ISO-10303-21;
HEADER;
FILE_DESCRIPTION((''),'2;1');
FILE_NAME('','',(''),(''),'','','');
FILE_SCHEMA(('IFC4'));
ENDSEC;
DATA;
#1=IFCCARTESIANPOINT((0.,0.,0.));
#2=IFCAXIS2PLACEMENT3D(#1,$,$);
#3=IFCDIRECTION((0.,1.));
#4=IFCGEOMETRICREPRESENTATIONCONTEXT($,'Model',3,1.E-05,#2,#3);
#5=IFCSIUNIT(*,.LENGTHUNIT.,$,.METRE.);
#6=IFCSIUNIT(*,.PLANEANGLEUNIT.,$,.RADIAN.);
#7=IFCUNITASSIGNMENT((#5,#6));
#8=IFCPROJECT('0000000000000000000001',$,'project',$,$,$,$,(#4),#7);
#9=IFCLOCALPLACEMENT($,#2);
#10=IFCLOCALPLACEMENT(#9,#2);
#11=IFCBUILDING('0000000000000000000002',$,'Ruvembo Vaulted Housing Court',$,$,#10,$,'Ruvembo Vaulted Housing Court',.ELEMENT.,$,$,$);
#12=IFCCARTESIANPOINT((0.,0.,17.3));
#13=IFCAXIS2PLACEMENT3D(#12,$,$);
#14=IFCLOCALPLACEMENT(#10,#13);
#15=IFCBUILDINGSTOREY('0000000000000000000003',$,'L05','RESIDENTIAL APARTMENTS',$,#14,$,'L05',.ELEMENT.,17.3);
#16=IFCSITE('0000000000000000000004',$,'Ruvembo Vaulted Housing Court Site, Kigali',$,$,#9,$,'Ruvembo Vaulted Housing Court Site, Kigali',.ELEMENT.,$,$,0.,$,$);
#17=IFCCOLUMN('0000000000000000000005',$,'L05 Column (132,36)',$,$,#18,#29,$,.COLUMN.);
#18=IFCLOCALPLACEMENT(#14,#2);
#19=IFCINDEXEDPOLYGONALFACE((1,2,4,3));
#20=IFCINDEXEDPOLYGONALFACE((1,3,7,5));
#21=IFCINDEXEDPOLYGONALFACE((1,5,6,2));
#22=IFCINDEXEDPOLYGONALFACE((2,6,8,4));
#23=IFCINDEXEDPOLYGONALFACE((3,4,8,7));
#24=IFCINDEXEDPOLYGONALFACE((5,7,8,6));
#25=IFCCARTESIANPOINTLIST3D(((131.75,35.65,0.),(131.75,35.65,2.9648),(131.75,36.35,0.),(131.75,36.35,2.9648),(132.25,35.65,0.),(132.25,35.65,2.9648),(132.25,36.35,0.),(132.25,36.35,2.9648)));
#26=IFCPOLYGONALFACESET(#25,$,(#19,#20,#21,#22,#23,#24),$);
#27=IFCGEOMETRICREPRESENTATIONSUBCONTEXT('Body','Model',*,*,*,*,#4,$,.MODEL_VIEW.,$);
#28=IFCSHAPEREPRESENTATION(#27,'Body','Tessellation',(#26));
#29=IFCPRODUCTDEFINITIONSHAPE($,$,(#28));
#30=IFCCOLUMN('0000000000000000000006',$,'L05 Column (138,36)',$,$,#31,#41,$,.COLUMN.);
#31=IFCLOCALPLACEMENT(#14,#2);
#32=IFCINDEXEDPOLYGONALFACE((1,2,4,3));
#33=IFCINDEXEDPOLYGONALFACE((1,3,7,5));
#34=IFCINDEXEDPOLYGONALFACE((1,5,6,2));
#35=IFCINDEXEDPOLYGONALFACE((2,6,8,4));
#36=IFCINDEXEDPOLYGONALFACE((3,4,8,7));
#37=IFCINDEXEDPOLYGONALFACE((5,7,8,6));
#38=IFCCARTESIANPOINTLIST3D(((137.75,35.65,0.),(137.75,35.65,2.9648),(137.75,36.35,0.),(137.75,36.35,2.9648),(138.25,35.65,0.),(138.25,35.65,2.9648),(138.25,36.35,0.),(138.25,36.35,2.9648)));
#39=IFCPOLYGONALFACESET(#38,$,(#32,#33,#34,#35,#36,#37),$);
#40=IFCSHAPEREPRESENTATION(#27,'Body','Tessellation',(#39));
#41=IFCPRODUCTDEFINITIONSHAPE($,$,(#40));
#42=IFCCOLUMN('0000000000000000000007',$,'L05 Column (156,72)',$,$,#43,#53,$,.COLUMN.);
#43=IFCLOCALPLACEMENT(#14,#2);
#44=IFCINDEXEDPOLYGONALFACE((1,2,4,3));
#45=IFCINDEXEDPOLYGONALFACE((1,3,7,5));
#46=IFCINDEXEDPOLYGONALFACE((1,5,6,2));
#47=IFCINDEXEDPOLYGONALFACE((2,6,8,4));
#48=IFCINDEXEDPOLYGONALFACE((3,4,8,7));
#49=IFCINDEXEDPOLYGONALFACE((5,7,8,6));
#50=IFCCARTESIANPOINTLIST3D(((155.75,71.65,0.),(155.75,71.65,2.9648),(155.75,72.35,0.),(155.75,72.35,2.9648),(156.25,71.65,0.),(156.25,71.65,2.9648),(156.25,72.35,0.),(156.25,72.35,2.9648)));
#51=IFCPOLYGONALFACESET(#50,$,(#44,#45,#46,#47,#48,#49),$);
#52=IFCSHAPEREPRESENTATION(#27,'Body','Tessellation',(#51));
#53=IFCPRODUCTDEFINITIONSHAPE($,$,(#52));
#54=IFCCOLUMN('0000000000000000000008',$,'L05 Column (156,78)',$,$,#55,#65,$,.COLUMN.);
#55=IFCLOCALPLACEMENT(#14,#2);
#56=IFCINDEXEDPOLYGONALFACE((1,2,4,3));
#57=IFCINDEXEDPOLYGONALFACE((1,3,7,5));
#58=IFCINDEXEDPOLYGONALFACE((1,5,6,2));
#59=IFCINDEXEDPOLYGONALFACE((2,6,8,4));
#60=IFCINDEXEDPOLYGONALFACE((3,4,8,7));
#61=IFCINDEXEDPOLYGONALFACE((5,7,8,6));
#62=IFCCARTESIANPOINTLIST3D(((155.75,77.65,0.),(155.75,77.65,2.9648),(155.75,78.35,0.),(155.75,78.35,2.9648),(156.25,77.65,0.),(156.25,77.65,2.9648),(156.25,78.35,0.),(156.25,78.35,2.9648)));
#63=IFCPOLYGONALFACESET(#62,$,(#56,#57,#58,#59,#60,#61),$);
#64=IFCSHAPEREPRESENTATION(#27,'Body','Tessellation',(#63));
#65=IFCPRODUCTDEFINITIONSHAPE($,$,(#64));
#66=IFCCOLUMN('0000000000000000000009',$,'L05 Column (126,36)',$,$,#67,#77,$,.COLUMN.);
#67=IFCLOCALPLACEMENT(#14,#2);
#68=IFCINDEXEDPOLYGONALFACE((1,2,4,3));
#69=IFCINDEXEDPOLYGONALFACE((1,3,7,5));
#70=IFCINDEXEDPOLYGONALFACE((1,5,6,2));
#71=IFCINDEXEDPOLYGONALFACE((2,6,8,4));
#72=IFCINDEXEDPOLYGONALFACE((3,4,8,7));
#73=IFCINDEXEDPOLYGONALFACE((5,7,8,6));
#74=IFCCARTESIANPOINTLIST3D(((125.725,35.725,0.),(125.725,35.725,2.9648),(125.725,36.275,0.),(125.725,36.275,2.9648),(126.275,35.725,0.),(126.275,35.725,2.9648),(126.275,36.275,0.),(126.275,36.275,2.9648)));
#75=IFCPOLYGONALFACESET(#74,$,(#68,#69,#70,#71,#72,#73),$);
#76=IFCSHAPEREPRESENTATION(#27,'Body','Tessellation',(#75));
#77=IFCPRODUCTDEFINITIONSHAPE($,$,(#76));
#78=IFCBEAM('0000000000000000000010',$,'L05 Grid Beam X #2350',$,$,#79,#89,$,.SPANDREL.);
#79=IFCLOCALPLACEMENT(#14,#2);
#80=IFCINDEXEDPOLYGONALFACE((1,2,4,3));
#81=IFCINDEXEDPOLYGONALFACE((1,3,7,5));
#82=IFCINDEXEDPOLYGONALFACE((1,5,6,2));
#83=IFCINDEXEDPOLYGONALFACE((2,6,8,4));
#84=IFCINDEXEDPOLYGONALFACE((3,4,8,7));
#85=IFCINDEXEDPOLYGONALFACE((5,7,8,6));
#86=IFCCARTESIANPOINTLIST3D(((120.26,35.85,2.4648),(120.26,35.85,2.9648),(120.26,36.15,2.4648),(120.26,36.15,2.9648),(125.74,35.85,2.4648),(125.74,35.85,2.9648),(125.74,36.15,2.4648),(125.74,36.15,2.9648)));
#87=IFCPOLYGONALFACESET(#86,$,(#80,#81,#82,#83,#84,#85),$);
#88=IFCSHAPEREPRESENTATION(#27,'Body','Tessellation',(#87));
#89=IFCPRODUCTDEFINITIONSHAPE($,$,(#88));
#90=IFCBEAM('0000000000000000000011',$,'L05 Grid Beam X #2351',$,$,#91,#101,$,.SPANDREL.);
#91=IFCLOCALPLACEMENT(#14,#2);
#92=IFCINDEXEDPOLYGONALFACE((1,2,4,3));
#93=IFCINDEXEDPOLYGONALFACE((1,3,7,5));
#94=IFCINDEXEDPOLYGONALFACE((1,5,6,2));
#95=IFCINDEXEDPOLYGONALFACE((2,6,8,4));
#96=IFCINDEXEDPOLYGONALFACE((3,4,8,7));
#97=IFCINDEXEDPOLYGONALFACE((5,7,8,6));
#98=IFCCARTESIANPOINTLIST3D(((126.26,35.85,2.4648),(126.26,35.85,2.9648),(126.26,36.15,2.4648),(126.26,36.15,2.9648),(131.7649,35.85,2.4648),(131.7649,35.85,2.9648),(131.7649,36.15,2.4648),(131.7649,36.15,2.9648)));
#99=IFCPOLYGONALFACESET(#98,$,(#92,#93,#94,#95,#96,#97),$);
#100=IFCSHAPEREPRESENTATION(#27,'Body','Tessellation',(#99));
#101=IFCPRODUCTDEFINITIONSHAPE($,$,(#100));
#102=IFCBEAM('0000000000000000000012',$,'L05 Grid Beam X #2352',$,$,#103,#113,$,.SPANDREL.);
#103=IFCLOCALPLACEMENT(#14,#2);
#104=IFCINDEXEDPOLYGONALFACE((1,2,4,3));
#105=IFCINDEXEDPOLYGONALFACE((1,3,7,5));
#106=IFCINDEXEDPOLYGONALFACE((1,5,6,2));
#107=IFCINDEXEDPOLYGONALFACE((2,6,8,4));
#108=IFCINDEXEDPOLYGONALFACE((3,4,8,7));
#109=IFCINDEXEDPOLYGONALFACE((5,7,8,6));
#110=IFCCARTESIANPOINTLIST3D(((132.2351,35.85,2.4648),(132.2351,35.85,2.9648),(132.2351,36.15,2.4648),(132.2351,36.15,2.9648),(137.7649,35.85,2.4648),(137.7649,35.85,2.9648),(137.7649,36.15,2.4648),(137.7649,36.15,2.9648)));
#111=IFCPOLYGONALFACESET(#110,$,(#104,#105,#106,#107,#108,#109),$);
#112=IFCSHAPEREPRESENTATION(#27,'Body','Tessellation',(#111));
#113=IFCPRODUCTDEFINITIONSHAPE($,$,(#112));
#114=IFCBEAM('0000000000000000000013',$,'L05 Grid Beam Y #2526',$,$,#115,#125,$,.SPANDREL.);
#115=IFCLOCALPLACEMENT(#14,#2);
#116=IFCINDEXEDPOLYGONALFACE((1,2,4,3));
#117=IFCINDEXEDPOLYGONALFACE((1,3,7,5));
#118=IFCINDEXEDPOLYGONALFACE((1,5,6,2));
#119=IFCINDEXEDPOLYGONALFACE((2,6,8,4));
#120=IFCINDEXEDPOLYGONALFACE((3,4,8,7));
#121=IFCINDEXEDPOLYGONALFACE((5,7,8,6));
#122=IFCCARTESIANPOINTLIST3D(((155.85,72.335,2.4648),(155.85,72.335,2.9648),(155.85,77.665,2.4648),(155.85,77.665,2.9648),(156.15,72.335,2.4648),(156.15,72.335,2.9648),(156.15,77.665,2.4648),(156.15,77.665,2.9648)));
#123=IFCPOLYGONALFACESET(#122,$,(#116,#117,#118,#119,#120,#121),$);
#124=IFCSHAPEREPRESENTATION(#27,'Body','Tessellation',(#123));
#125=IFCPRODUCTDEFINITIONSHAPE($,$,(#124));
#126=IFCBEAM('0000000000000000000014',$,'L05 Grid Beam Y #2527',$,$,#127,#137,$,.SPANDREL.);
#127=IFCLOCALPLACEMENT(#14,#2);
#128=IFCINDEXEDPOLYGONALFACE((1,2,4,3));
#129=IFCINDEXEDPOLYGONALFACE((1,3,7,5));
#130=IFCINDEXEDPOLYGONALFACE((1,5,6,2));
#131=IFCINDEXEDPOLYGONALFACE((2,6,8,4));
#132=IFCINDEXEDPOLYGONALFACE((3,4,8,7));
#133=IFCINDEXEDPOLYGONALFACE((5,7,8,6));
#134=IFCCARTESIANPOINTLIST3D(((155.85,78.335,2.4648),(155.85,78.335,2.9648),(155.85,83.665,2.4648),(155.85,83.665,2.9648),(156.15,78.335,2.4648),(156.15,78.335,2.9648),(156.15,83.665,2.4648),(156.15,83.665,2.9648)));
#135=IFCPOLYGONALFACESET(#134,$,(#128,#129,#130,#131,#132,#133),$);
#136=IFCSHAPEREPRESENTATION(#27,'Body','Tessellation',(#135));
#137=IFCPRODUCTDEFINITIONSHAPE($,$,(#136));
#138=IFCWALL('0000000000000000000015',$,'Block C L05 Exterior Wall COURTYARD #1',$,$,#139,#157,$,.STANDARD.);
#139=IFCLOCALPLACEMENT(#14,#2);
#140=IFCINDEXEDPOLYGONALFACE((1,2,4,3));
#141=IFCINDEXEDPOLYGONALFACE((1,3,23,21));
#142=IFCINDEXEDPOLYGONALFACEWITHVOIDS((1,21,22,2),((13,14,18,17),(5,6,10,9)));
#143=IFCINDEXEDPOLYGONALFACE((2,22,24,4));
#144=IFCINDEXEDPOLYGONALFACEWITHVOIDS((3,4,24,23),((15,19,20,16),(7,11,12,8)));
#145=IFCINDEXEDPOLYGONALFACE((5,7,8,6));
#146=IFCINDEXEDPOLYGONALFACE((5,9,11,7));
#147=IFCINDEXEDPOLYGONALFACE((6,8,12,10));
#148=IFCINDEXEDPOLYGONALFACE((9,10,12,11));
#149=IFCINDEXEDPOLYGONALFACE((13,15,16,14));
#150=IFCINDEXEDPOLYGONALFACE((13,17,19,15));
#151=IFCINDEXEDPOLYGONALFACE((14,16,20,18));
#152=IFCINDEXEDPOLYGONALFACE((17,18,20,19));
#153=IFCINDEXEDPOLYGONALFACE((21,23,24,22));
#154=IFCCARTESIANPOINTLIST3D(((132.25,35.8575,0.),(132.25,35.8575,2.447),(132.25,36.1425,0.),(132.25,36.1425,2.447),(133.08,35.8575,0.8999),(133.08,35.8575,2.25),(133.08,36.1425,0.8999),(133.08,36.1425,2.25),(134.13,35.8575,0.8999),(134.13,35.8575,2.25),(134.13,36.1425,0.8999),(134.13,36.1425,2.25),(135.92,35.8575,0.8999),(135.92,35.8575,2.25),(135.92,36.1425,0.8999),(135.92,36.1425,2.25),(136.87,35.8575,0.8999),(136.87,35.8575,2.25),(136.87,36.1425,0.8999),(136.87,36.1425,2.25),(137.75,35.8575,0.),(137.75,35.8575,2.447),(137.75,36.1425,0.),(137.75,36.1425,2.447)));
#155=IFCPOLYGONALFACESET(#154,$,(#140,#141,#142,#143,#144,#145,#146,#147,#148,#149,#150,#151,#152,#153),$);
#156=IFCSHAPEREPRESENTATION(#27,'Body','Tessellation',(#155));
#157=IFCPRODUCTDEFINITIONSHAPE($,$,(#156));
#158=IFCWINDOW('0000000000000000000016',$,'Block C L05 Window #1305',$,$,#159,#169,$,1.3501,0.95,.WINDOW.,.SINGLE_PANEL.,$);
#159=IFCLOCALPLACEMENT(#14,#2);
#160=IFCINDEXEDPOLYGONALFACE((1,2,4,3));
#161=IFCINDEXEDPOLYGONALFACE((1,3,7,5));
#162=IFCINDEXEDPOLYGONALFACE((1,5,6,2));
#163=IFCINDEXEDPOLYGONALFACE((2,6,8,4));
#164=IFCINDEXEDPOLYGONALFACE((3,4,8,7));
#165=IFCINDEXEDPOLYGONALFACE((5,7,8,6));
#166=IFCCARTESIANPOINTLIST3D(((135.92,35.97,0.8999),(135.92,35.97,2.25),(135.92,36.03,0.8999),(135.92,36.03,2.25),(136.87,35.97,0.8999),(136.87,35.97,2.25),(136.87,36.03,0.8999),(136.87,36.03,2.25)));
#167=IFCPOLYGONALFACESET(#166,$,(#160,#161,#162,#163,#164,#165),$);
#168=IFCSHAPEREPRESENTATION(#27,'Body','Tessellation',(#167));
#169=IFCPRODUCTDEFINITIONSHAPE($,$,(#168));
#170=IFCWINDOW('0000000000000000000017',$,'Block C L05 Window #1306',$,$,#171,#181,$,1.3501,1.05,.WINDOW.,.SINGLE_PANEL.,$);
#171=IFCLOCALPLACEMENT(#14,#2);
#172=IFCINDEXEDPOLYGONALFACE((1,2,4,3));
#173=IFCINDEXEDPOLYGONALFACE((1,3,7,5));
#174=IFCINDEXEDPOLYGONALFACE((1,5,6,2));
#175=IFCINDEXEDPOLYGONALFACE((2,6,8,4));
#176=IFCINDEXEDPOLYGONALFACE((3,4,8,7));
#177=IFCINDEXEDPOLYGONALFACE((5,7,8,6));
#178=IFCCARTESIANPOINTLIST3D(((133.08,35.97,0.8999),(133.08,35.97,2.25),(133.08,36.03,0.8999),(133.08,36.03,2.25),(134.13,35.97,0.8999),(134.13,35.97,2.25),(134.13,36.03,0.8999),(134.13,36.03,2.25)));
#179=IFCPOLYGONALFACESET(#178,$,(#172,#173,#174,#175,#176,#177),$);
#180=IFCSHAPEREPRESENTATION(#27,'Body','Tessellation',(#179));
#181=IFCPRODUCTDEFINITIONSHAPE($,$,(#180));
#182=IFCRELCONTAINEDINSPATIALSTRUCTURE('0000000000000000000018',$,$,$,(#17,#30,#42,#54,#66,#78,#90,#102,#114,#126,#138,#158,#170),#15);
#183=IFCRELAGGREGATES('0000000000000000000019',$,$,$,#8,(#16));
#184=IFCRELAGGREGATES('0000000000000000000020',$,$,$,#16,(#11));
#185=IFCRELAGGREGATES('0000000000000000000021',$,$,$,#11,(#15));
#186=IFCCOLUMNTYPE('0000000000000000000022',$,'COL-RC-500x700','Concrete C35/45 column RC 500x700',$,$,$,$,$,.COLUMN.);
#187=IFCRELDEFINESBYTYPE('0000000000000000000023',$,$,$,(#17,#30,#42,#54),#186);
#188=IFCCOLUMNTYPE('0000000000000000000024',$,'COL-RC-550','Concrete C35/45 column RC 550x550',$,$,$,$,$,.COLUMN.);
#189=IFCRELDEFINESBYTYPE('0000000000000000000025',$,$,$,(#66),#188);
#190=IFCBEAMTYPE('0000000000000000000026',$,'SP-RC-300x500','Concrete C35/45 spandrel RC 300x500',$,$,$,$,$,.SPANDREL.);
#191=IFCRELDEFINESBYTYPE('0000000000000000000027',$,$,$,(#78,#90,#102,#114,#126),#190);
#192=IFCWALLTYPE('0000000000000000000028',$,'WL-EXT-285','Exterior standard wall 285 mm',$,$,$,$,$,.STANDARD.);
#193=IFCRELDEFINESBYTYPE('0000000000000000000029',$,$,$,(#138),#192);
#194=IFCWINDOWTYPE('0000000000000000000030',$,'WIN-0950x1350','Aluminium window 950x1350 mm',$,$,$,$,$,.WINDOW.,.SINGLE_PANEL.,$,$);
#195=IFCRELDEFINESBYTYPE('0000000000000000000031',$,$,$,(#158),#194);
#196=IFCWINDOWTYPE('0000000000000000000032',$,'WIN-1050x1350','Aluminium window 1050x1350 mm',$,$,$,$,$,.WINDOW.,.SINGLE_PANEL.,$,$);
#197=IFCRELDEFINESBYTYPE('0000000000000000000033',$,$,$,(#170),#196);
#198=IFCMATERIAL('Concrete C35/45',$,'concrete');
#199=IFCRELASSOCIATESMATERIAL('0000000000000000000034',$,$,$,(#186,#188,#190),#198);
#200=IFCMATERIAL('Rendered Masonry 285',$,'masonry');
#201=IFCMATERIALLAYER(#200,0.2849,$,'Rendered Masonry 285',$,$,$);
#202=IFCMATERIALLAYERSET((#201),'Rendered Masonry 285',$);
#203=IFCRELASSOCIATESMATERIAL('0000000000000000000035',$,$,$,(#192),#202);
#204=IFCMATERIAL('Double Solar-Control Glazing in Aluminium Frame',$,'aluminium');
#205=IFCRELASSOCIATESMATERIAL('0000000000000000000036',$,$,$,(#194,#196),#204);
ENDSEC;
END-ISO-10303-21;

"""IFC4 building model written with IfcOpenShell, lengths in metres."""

from ifc_helpers import new_model, si_unit, direction, frame, frame_2d, origin, origin_2d, place, context, subcontext, project, spatial, rectangle, extrude, material, layer, layer_set, material_profile, profile_set, type_object, element, fill, save


model = new_model("IFC4")

# Units and contexts
model_context = context("Model", 3, precision=1e-05, world=origin(), true_north=direction((0.0, 1.0)))
body_context = subcontext(model_context, "Body", "Model", "MODEL_VIEW")
ifc_project = project(units=[si_unit("LENGTHUNIT", "METRE"), si_unit("PLANEANGLEUNIT", "RADIAN")], contexts=[model_context])

# Site, building, storey
site_placement = place(None, origin())
site = spatial("IfcSite", under=ifc_project, at=site_placement, Name="Ruvembo Vaulted Housing Court Site, Kigali", LongName="Ruvembo Vaulted Housing Court Site, Kigali", CompositionType="ELEMENT", RefElevation=0.0)
building_placement = place(site_placement, origin())
building = spatial("IfcBuilding", under=site, at=building_placement, Name="Ruvembo Vaulted Housing Court", LongName="Ruvembo Vaulted Housing Court", CompositionType="ELEMENT")
storey_placement = place(building_placement, frame((0.0, 0.0, 17.3)))
storey = spatial("IfcBuildingStorey", under=building, at=storey_placement, Name="L05", Description="RESIDENTIAL APARTMENTS", LongName="L05", CompositionType="ELEMENT", Elevation=17.3)

# Columns
ifc_material_1 = material(Name="Concrete C35/45", Category="concrete")
ifc_material_profile_1 = material_profile(ifc_material_1, rectangle(XDim=0.5, YDim=0.7, at=origin_2d()), Name="RC 500x700")
ifc_profile_set_1 = profile_set([ifc_material_profile_1], Name="Concrete C35/45")
column_type_1 = type_object("IfcColumnType", Name="COL-RC-500x700", Description="Concrete C35/45 column RC 500x700", PredefinedType="COLUMN", material=ifc_profile_set_1)
for number, where, z_axis, x_axis, name in (
    (1, (132.0, 36.0, 0.0), (0.0, 0.0, 1.0), (1.0, 0.0, 0.0), "L05 Column (132,36)"),
    (2, (138.0, 36.0, 0.0), (0.0, 0.0, 1.0), (1.0, 0.0, 0.0), "L05 Column (138,36)"),
    (3, (156.0, 72.0, 0.0), (0.0, 0.0, 1.0), (1.0, 0.0, 0.0), "L05 Column (156,72)"),
    (4, (156.0, 78.0, 0.0), (0.0, 0.0, 1.0), (1.0, 0.0, 0.0), "L05 Column (156,78)"),
):
    element("IfcColumn", number, at=place(storey_placement, frame(where, z_axis=z_axis, x_axis=x_axis)), inside=storey, type_object=column_type_1, Name=name, PredefinedType="COLUMN", context=body_context, shape_type="SweptSolid", body=[
        extrude(rectangle(XDim=0.5, YDim=0.7, at=origin_2d()), origin(), (0.0, 0.0, 1.0), 2.9648),
    ])
ifc_material_profile_2 = material_profile(ifc_material_1, rectangle(XDim=0.55, YDim=0.55, at=origin_2d()), Name="RC 550x550")
ifc_profile_set_2 = profile_set([ifc_material_profile_2], Name="Concrete C35/45")
column_type_2 = type_object("IfcColumnType", Name="COL-RC-550", Description="Concrete C35/45 column RC 550x550", PredefinedType="COLUMN", material=ifc_profile_set_2)
column_placement = place(storey_placement, frame((126.0, 36.0, 0.0), z_axis=(0.0, 0.0, 1.0), x_axis=(1.0, 0.0, 0.0)))
element("IfcColumn", 5, at=column_placement, inside=storey, type_object=column_type_2, Name="L05 Column (126,36)", PredefinedType="COLUMN", context=body_context, shape_type="SweptSolid", body=[
    extrude(rectangle(XDim=0.55, YDim=0.55, at=origin_2d()), origin(), (0.0, 0.0, 1.0), 2.9648),
])

# Beams
ifc_material_profile_3 = material_profile(ifc_material_1, rectangle(XDim=0.3, YDim=0.5, at=origin_2d()), Name="RC 300x500")
ifc_profile_set_3 = profile_set([ifc_material_profile_3], Name="Concrete C35/45")
beam_type = type_object("IfcBeamType", Name="SP-RC-300x500", Description="Concrete C35/45 spandrel RC 300x500", PredefinedType="SPANDREL", material=ifc_profile_set_3)
beam_1_placement = place(storey_placement, frame((120.26, 36.0, 2.7148), z_axis=(1.0, 0.0, 0.0), x_axis=(0.0, 1.0, 0.0)))
element("IfcBeam", 6, at=beam_1_placement, inside=storey, type_object=beam_type, Name="L05 Grid Beam X #2350", PredefinedType="SPANDREL", context=body_context, shape_type="SweptSolid", body=[
    extrude(rectangle(XDim=0.3, YDim=0.5, at=origin_2d()), origin(), (0.0, 0.0, 1.0), 5.48),
])
beam_2_placement = place(storey_placement, frame((126.26, 36.0, 2.7148), z_axis=(1.0, 0.0, 0.0), x_axis=(0.0, 1.0, 0.0)))
element("IfcBeam", 7, at=beam_2_placement, inside=storey, type_object=beam_type, Name="L05 Grid Beam X #2351", PredefinedType="SPANDREL", context=body_context, shape_type="SweptSolid", body=[
    extrude(rectangle(XDim=0.3, YDim=0.5, at=origin_2d()), origin(), (0.0, 0.0, 1.0), 5.5049),
])
beam_3_placement = place(storey_placement, frame((132.2351, 36.0, 2.7148), z_axis=(1.0, 0.0, 0.0), x_axis=(0.0, 1.0, 0.0)))
element("IfcBeam", 8, at=beam_3_placement, inside=storey, type_object=beam_type, Name="L05 Grid Beam X #2352", PredefinedType="SPANDREL", context=body_context, shape_type="SweptSolid", body=[
    extrude(rectangle(XDim=0.3, YDim=0.5, at=origin_2d()), origin(), (0.0, 0.0, 1.0), 5.5298),
])
for number, where, z_axis, x_axis, name in (
    (9, (156.0, 72.335, 2.7148), (0.0, 1.0, 0.0), (-1.0, 0.0, 0.0), "L05 Grid Beam Y #2526"),
    (10, (156.0, 78.335, 2.7148), (0.0, 1.0, 0.0), (-1.0, 0.0, 0.0), "L05 Grid Beam Y #2527"),
):
    element("IfcBeam", number, at=place(storey_placement, frame(where, z_axis=z_axis, x_axis=x_axis)), inside=storey, type_object=beam_type, Name=name, PredefinedType="SPANDREL", context=body_context, shape_type="SweptSolid", body=[
        extrude(rectangle(XDim=0.3, YDim=0.5, at=origin_2d()), origin(), (0.0, 0.0, 1.0), 5.3301),
    ])

# Wall, openings, windows
ifc_material_2 = material(Name="Rendered Masonry 285", Category="masonry")
ifc_layer_1 = layer(ifc_material_2, 0.2849, Name="Rendered Masonry 285")
ifc_layer_set_1 = layer_set([ifc_layer_1], Name="Rendered Masonry 285")
wall_type_1 = type_object("IfcWallType", Name="WL-EXT-285", Description="Exterior standard wall 285 mm", PredefinedType="STANDARD", material=ifc_layer_set_1)
wall_1_placement = place(storey_placement, frame((137.75, 36.0, 0.0), z_axis=(0.0, 0.0, 1.0), x_axis=(-1.0, 0.0, 0.0)))
wall_1 = element("IfcWall", 11, at=wall_1_placement, inside=storey, type_object=wall_type_1, Name="Block C L05 Exterior Wall COURTYARD #1", PredefinedType="STANDARD", context=body_context, shape_type="SweptSolid", body=[
    extrude(rectangle(XDim=5.5, YDim=0.2849, at=frame_2d((2.75, 0.0))), origin(), (0.0, 0.0, 1.0), 2.447),
])
opening_1_placement = place(wall_1_placement, frame((0.8799, 0.0, 0.8999)))
opening_1 = element("IfcOpeningElement", 12, at=opening_1_placement, cuts=wall_1, PredefinedType="OPENING", context=body_context, shape_type="SweptSolid", body=[
    extrude(rectangle(XDim=0.95, YDim=1.3501, at=frame_2d((0.4751, 0.675))), frame((0.0, 0.1523, 0.0), z_axis=(0.0, -1.0, 0.0), x_axis=(1.0, 0.0, 0.0)), (0.0, 0.0, 1.0), 0.3049),
])
opening_2_placement = place(wall_1_placement, frame((3.6201, 0.0, 0.8999)))
opening_2 = element("IfcOpeningElement", 13, at=opening_2_placement, cuts=wall_1, PredefinedType="OPENING", context=body_context, shape_type="SweptSolid", body=[
    extrude(rectangle(XDim=1.05, YDim=1.3501, at=frame_2d((0.5249, 0.675))), frame((0.0, 0.1523, 0.0), z_axis=(0.0, -1.0, 0.0), x_axis=(1.0, 0.0, 0.0)), (0.0, 0.0, 1.0), 0.3049),
])
ifc_material_3 = material(Name="Double Solar-Control Glazing in Aluminium Frame", Category="aluminium")
window_type_1 = type_object("IfcWindowType", Name="WIN-0950x1350", Description="Aluminium window 950x1350 mm", PartitioningType="SINGLE_PANEL", PredefinedType="WINDOW", material=ifc_material_3)
window_1_placement = place(opening_1_placement, origin())
window_1 = element("IfcWindow", 14, at=window_1_placement, inside=storey, type_object=window_type_1, Name="Block C L05 Window #1305", OverallHeight=1.3501, OverallWidth=0.95, PartitioningType="SINGLE_PANEL", PredefinedType="WINDOW", context=body_context, shape_type="SweptSolid", body=[
    extrude(rectangle(XDim=0.95, YDim=1.3501, at=frame_2d((0.4751, 0.675))), frame((0.0, 0.03, 0.0), z_axis=(0.0, -1.0, 0.0), x_axis=(1.0, 0.0, 0.0)), (0.0, 0.0, 1.0), 0.0601),
])
fill(opening_1, window_1)
window_type_2 = type_object("IfcWindowType", Name="WIN-1050x1350", Description="Aluminium window 1050x1350 mm", PartitioningType="SINGLE_PANEL", PredefinedType="WINDOW", material=ifc_material_3)
window_2_placement = place(opening_2_placement, origin())
window_2 = element("IfcWindow", 15, at=window_2_placement, inside=storey, type_object=window_type_2, Name="Block C L05 Window #1306", OverallHeight=1.3501, OverallWidth=1.05, PartitioningType="SINGLE_PANEL", PredefinedType="WINDOW", context=body_context, shape_type="SweptSolid", body=[
    extrude(rectangle(XDim=1.05, YDim=1.3501, at=frame_2d((0.5249, 0.675))), frame((0.0, 0.03, 0.0), z_axis=(0.0, -1.0, 0.0), x_axis=(1.0, 0.0, 0.0)), (0.0, 0.0, 1.0), 0.0601),
])
fill(opening_2, window_2)

save(model, "model.ifc")
